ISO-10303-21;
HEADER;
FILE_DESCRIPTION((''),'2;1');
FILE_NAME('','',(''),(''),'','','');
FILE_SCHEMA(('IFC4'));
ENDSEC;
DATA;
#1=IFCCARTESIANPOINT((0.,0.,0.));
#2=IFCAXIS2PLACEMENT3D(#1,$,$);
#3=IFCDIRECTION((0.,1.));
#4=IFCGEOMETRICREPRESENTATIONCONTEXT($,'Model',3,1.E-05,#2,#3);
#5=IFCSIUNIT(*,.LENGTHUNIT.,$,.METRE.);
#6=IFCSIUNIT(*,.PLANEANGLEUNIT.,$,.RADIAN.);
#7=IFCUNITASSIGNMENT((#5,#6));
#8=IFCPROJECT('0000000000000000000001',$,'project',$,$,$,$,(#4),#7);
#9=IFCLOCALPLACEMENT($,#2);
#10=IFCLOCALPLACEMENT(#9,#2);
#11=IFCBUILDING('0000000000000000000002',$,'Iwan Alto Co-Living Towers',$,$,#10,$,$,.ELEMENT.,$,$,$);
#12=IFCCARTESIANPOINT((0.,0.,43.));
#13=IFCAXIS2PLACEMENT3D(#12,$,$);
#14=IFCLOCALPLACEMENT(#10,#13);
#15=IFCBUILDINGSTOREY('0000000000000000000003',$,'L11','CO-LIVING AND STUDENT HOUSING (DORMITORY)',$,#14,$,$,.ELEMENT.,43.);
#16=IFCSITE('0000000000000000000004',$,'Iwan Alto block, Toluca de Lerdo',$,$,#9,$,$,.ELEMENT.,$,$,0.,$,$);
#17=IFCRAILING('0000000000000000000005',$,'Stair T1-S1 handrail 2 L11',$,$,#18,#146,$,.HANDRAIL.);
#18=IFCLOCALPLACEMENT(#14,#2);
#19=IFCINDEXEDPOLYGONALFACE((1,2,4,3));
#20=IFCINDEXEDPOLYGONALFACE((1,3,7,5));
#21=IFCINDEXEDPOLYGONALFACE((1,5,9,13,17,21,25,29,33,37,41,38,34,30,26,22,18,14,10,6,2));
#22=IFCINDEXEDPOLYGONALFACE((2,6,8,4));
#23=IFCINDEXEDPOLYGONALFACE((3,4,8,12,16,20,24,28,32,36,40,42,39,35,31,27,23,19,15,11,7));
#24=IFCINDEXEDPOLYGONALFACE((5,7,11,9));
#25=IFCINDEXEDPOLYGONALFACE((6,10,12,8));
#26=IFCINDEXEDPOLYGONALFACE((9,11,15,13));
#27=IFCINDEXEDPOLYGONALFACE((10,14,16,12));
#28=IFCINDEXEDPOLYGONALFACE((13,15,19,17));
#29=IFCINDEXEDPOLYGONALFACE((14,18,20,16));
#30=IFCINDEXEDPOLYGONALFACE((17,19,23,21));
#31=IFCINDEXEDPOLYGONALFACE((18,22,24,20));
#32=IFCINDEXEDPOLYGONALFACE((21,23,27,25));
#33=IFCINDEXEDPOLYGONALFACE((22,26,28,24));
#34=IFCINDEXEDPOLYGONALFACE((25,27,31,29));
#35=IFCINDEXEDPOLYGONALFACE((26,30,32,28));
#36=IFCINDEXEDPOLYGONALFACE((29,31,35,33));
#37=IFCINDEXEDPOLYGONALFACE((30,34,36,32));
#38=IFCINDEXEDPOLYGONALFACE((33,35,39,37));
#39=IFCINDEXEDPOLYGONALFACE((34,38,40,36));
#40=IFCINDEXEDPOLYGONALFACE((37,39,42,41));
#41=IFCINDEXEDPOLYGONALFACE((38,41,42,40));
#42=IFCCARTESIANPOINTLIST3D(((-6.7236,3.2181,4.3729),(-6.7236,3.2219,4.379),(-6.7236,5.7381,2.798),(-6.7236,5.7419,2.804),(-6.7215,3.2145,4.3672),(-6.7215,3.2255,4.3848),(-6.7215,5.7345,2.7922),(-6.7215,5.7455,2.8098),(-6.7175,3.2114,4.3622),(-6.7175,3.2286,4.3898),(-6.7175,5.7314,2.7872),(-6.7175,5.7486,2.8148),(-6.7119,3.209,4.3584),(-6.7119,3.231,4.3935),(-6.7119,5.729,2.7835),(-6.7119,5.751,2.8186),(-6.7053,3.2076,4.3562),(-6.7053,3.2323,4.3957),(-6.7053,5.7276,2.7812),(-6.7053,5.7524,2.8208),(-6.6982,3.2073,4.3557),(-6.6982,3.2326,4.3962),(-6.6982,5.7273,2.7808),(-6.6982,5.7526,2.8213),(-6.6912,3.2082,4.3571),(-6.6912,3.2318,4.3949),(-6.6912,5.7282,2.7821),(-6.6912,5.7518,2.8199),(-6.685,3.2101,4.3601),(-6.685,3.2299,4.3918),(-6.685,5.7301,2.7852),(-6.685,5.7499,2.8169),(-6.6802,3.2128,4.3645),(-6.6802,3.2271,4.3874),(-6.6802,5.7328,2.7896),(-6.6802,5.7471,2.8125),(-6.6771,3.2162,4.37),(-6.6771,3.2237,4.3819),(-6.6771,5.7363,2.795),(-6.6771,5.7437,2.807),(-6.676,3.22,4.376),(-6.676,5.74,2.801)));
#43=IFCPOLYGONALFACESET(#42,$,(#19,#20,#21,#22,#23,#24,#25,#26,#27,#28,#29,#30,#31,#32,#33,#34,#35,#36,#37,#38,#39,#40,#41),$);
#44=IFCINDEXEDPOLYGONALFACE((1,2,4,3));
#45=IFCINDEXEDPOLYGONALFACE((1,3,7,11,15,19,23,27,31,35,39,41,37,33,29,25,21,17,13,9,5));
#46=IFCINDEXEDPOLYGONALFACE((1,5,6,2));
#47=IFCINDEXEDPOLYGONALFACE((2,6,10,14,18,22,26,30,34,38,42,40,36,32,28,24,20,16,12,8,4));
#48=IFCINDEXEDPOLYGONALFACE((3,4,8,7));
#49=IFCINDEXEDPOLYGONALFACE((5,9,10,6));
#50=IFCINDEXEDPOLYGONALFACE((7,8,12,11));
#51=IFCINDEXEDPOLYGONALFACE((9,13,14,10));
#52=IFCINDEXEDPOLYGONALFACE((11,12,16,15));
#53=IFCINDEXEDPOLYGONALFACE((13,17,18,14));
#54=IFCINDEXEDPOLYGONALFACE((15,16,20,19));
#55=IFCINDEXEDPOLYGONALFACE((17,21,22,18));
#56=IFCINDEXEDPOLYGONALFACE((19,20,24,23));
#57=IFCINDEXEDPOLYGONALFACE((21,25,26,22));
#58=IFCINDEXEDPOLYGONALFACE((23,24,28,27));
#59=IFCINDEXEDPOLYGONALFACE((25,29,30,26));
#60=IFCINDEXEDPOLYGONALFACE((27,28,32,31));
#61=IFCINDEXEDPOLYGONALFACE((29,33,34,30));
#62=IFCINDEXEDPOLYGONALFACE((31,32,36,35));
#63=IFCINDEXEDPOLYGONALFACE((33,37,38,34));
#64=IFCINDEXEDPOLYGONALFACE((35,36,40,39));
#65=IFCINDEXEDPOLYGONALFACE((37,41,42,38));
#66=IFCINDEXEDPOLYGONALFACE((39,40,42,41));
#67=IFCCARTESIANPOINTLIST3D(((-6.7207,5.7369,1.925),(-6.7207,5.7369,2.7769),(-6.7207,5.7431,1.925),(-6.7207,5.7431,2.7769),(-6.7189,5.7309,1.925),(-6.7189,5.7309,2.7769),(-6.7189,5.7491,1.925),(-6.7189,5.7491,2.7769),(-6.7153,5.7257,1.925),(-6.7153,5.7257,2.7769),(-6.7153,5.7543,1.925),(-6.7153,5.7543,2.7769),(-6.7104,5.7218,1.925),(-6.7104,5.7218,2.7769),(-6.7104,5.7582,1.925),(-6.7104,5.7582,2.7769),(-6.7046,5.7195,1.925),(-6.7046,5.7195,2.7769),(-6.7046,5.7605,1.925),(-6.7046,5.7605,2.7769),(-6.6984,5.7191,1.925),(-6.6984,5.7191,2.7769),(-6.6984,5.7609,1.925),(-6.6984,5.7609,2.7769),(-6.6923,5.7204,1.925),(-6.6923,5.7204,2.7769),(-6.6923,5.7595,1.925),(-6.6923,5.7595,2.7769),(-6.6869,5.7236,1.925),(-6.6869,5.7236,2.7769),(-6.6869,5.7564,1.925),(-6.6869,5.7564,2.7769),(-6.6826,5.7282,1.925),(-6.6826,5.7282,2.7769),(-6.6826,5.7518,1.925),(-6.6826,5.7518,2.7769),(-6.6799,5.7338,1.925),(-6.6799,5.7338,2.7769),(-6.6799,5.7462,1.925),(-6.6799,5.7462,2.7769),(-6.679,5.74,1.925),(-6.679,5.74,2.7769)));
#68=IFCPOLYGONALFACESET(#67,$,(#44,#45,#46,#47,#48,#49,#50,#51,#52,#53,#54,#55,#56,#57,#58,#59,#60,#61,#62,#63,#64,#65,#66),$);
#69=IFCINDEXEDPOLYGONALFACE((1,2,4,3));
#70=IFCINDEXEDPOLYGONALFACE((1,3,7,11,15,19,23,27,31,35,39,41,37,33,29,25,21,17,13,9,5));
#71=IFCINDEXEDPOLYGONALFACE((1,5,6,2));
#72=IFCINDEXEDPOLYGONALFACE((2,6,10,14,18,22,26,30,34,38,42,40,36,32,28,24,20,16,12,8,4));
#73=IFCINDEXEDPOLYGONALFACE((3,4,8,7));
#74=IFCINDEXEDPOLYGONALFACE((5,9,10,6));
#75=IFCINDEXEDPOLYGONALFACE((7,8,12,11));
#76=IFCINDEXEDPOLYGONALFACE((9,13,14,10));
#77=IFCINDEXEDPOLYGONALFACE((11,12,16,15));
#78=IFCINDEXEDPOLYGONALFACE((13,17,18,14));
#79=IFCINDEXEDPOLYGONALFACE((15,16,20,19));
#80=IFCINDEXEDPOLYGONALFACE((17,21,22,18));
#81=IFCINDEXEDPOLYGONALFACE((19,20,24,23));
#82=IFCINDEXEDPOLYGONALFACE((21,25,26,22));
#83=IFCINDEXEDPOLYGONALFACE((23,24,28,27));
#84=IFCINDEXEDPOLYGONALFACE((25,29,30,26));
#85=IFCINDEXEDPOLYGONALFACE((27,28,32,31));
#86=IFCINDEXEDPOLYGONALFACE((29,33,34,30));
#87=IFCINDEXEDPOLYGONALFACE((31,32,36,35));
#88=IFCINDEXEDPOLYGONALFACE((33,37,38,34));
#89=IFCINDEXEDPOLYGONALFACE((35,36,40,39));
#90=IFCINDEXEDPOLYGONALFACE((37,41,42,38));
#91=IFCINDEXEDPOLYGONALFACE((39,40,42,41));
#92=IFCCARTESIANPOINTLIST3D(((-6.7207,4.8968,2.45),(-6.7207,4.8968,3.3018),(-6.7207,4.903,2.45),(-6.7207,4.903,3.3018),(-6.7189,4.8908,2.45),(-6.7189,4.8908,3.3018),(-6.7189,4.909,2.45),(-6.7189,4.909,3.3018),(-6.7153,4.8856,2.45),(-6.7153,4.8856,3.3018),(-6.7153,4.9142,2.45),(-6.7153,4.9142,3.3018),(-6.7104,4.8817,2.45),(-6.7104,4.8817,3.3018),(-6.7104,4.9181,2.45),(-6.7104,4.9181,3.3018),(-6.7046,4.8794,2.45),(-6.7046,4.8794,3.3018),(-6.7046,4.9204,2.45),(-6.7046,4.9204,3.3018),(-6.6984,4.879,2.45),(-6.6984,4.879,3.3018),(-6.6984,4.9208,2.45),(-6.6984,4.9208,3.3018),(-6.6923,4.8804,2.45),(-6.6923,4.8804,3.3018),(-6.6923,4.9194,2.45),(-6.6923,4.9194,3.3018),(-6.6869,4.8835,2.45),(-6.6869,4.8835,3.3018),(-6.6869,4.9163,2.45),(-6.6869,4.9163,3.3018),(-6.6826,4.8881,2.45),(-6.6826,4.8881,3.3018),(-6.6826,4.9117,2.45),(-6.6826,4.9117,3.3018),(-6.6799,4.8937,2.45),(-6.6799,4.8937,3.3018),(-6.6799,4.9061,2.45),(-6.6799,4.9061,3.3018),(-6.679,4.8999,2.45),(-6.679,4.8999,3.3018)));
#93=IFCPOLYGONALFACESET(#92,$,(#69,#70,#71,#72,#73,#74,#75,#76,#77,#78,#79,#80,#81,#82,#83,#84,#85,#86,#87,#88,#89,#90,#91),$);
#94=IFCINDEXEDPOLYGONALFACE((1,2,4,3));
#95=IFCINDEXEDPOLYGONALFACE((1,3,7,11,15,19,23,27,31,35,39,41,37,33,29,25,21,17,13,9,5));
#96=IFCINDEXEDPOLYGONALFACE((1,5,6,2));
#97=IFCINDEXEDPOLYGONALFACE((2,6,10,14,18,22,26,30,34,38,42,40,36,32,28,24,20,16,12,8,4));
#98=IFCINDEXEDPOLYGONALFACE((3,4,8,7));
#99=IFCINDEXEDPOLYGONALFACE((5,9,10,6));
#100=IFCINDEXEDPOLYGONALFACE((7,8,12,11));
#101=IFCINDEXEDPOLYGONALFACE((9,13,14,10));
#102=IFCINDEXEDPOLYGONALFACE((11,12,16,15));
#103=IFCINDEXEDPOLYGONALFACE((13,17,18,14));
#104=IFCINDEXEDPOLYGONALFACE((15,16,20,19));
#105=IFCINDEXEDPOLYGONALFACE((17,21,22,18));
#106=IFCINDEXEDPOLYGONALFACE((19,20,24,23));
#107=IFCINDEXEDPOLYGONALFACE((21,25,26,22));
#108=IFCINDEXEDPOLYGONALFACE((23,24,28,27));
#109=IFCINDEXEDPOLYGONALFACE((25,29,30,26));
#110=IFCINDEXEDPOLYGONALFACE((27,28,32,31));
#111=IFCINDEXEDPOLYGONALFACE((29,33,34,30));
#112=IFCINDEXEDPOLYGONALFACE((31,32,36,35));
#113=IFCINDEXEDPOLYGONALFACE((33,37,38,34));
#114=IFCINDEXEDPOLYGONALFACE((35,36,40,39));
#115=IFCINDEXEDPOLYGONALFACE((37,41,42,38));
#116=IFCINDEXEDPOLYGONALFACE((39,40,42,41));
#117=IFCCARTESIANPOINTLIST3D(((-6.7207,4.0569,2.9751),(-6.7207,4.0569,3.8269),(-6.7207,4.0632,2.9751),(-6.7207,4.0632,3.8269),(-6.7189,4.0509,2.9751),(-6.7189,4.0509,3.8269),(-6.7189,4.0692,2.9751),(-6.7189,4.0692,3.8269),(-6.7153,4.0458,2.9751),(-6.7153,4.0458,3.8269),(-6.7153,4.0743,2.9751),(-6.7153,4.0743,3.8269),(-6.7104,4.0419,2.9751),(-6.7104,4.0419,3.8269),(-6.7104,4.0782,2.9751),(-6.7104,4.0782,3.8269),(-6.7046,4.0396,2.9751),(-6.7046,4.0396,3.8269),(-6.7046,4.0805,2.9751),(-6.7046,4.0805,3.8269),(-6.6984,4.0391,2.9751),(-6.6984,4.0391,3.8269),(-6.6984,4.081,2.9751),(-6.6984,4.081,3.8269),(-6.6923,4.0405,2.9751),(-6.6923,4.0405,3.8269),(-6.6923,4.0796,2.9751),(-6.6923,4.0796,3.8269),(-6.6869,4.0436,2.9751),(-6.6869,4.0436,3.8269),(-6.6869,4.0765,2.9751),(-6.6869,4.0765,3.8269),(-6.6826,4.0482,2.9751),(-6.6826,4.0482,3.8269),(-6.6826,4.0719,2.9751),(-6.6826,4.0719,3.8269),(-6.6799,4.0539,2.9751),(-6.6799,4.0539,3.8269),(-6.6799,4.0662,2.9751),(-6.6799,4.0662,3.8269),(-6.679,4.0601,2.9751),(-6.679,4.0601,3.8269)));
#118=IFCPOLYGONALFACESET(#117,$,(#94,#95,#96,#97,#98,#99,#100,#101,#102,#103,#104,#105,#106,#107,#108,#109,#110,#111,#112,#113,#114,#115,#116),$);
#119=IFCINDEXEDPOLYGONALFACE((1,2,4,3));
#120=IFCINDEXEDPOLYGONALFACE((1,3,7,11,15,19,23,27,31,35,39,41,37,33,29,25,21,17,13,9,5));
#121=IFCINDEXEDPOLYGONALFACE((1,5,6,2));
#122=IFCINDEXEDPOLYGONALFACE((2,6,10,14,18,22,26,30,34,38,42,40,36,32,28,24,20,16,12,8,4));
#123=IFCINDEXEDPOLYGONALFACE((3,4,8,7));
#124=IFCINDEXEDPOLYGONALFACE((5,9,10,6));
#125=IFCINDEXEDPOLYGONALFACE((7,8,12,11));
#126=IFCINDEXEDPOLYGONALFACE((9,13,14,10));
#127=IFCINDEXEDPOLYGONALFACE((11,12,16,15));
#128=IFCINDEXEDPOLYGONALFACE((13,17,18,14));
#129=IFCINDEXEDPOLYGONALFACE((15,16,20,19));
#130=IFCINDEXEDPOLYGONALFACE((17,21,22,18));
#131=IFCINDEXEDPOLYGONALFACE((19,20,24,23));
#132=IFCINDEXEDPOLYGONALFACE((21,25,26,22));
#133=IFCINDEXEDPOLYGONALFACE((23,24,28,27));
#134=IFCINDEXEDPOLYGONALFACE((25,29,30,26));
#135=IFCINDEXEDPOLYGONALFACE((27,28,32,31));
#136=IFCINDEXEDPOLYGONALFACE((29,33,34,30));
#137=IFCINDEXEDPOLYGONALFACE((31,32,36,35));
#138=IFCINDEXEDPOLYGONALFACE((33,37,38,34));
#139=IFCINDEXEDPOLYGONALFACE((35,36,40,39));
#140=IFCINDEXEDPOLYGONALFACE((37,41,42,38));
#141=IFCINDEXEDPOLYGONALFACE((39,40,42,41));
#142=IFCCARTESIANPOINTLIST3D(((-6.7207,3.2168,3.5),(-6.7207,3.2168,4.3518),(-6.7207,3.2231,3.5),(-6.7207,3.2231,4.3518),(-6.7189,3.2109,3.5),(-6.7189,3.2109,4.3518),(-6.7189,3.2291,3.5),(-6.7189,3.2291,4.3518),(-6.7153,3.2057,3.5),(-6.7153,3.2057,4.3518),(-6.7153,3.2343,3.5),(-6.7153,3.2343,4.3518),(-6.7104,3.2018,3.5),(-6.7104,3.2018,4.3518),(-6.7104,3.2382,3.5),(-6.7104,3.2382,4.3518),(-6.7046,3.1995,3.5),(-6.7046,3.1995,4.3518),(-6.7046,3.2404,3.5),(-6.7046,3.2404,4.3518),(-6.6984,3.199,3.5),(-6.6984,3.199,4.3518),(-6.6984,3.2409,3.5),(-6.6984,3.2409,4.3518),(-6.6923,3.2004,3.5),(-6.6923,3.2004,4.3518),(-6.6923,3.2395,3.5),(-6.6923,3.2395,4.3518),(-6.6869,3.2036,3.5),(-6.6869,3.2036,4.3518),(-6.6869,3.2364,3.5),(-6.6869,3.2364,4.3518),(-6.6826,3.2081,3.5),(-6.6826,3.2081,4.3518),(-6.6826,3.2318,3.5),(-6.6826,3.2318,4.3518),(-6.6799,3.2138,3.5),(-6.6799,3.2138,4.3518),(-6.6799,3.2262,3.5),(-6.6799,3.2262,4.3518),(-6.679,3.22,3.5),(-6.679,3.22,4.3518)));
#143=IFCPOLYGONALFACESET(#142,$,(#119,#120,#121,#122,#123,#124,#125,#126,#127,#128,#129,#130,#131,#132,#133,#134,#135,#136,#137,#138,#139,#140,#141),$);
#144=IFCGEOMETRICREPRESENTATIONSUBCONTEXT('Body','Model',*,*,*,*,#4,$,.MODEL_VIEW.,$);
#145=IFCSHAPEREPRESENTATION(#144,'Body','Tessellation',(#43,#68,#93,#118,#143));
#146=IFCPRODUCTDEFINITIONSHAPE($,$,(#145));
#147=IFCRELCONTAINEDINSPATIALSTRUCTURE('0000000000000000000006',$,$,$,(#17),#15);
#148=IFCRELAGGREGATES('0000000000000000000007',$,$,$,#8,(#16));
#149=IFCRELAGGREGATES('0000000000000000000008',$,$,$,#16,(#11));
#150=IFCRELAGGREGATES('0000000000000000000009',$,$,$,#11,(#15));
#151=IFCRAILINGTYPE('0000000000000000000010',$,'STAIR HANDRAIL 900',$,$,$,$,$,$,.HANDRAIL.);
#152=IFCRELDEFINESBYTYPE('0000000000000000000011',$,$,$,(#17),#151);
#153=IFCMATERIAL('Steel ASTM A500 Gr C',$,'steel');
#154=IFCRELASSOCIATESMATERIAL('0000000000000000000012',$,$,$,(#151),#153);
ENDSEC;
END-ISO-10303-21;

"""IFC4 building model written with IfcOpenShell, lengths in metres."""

from ifc_helpers import new_model, si_unit, direction, frame, origin, origin_2d, place, context, subcontext, project, spatial, circle, extrude, material, type_object, element, save


model = new_model("IFC4")

# Units and contexts
model_context = context("Model", 3, precision=1e-05, world=origin(), true_north=direction((0.0, 1.0)))
body_context = subcontext(model_context, "Body", "Model", "MODEL_VIEW")
ifc_project = project(units=[si_unit("LENGTHUNIT", "METRE"), si_unit("PLANEANGLEUNIT", "RADIAN")], contexts=[model_context])

# Site, building, storey
site_placement = place(None, origin())
site = spatial("IfcSite", under=ifc_project, at=site_placement, Name="Iwan Alto block, Toluca de Lerdo", CompositionType="ELEMENT", RefElevation=0.0)
building_placement = place(site_placement, origin())
building = spatial("IfcBuilding", under=site, at=building_placement, Name="Iwan Alto Co-Living Towers", CompositionType="ELEMENT")
storey_placement = place(building_placement, frame((0.0, 0.0, 43.0)))
storey = spatial("IfcBuildingStorey", under=building, at=storey_placement, Name="L11", Description="CO-LIVING AND STUDENT HOUSING (DORMITORY)", CompositionType="ELEMENT", Elevation=43.0)

# Railing
ifc_material_1 = material(Name="Steel ASTM A500 Gr C", Category="steel")
railing_type_1 = type_object("IfcRailingType", Name="STAIR HANDRAIL 900", PredefinedType="HANDRAIL", material=ifc_material_1)
railing_1_placement = place(storey_placement, frame((-6.7, 5.74, 1.925)))
element("IfcRailing", 1, at=railing_1_placement, inside=storey, type_object=railing_type_1, Name="Stair T1-S1 handrail 2 L11", PredefinedType="HANDRAIL", context=body_context, shape_type="SweptSolid", body=[
    extrude(circle(Radius=0.0239, at=origin_2d()), frame((0.0, 0.0, 0.876), z_axis=(0.0, -0.848008, 0.529984), x_axis=(1.0, 0.0, 0.0)), (0.0, 0.0, 1.0), 2.9717),
    extrude(circle(Radius=0.021, at=origin_2d()), origin(), (0.0, 0.0, 1.0), 0.8518),
    extrude(circle(Radius=0.021, at=origin_2d()), frame((0.0, -0.8401, 0.5249)), (0.0, 0.0, 1.0), 0.8518),
    extrude(circle(Radius=0.021, at=origin_2d()), frame((0.0, -1.6799, 1.05)), (0.0, 0.0, 1.0), 0.8518),
    extrude(circle(Radius=0.021, at=origin_2d()), frame((0.0, -2.52, 1.575)), (0.0, 0.0, 1.0), 0.8518),
])

save(model, "model.ifc")
